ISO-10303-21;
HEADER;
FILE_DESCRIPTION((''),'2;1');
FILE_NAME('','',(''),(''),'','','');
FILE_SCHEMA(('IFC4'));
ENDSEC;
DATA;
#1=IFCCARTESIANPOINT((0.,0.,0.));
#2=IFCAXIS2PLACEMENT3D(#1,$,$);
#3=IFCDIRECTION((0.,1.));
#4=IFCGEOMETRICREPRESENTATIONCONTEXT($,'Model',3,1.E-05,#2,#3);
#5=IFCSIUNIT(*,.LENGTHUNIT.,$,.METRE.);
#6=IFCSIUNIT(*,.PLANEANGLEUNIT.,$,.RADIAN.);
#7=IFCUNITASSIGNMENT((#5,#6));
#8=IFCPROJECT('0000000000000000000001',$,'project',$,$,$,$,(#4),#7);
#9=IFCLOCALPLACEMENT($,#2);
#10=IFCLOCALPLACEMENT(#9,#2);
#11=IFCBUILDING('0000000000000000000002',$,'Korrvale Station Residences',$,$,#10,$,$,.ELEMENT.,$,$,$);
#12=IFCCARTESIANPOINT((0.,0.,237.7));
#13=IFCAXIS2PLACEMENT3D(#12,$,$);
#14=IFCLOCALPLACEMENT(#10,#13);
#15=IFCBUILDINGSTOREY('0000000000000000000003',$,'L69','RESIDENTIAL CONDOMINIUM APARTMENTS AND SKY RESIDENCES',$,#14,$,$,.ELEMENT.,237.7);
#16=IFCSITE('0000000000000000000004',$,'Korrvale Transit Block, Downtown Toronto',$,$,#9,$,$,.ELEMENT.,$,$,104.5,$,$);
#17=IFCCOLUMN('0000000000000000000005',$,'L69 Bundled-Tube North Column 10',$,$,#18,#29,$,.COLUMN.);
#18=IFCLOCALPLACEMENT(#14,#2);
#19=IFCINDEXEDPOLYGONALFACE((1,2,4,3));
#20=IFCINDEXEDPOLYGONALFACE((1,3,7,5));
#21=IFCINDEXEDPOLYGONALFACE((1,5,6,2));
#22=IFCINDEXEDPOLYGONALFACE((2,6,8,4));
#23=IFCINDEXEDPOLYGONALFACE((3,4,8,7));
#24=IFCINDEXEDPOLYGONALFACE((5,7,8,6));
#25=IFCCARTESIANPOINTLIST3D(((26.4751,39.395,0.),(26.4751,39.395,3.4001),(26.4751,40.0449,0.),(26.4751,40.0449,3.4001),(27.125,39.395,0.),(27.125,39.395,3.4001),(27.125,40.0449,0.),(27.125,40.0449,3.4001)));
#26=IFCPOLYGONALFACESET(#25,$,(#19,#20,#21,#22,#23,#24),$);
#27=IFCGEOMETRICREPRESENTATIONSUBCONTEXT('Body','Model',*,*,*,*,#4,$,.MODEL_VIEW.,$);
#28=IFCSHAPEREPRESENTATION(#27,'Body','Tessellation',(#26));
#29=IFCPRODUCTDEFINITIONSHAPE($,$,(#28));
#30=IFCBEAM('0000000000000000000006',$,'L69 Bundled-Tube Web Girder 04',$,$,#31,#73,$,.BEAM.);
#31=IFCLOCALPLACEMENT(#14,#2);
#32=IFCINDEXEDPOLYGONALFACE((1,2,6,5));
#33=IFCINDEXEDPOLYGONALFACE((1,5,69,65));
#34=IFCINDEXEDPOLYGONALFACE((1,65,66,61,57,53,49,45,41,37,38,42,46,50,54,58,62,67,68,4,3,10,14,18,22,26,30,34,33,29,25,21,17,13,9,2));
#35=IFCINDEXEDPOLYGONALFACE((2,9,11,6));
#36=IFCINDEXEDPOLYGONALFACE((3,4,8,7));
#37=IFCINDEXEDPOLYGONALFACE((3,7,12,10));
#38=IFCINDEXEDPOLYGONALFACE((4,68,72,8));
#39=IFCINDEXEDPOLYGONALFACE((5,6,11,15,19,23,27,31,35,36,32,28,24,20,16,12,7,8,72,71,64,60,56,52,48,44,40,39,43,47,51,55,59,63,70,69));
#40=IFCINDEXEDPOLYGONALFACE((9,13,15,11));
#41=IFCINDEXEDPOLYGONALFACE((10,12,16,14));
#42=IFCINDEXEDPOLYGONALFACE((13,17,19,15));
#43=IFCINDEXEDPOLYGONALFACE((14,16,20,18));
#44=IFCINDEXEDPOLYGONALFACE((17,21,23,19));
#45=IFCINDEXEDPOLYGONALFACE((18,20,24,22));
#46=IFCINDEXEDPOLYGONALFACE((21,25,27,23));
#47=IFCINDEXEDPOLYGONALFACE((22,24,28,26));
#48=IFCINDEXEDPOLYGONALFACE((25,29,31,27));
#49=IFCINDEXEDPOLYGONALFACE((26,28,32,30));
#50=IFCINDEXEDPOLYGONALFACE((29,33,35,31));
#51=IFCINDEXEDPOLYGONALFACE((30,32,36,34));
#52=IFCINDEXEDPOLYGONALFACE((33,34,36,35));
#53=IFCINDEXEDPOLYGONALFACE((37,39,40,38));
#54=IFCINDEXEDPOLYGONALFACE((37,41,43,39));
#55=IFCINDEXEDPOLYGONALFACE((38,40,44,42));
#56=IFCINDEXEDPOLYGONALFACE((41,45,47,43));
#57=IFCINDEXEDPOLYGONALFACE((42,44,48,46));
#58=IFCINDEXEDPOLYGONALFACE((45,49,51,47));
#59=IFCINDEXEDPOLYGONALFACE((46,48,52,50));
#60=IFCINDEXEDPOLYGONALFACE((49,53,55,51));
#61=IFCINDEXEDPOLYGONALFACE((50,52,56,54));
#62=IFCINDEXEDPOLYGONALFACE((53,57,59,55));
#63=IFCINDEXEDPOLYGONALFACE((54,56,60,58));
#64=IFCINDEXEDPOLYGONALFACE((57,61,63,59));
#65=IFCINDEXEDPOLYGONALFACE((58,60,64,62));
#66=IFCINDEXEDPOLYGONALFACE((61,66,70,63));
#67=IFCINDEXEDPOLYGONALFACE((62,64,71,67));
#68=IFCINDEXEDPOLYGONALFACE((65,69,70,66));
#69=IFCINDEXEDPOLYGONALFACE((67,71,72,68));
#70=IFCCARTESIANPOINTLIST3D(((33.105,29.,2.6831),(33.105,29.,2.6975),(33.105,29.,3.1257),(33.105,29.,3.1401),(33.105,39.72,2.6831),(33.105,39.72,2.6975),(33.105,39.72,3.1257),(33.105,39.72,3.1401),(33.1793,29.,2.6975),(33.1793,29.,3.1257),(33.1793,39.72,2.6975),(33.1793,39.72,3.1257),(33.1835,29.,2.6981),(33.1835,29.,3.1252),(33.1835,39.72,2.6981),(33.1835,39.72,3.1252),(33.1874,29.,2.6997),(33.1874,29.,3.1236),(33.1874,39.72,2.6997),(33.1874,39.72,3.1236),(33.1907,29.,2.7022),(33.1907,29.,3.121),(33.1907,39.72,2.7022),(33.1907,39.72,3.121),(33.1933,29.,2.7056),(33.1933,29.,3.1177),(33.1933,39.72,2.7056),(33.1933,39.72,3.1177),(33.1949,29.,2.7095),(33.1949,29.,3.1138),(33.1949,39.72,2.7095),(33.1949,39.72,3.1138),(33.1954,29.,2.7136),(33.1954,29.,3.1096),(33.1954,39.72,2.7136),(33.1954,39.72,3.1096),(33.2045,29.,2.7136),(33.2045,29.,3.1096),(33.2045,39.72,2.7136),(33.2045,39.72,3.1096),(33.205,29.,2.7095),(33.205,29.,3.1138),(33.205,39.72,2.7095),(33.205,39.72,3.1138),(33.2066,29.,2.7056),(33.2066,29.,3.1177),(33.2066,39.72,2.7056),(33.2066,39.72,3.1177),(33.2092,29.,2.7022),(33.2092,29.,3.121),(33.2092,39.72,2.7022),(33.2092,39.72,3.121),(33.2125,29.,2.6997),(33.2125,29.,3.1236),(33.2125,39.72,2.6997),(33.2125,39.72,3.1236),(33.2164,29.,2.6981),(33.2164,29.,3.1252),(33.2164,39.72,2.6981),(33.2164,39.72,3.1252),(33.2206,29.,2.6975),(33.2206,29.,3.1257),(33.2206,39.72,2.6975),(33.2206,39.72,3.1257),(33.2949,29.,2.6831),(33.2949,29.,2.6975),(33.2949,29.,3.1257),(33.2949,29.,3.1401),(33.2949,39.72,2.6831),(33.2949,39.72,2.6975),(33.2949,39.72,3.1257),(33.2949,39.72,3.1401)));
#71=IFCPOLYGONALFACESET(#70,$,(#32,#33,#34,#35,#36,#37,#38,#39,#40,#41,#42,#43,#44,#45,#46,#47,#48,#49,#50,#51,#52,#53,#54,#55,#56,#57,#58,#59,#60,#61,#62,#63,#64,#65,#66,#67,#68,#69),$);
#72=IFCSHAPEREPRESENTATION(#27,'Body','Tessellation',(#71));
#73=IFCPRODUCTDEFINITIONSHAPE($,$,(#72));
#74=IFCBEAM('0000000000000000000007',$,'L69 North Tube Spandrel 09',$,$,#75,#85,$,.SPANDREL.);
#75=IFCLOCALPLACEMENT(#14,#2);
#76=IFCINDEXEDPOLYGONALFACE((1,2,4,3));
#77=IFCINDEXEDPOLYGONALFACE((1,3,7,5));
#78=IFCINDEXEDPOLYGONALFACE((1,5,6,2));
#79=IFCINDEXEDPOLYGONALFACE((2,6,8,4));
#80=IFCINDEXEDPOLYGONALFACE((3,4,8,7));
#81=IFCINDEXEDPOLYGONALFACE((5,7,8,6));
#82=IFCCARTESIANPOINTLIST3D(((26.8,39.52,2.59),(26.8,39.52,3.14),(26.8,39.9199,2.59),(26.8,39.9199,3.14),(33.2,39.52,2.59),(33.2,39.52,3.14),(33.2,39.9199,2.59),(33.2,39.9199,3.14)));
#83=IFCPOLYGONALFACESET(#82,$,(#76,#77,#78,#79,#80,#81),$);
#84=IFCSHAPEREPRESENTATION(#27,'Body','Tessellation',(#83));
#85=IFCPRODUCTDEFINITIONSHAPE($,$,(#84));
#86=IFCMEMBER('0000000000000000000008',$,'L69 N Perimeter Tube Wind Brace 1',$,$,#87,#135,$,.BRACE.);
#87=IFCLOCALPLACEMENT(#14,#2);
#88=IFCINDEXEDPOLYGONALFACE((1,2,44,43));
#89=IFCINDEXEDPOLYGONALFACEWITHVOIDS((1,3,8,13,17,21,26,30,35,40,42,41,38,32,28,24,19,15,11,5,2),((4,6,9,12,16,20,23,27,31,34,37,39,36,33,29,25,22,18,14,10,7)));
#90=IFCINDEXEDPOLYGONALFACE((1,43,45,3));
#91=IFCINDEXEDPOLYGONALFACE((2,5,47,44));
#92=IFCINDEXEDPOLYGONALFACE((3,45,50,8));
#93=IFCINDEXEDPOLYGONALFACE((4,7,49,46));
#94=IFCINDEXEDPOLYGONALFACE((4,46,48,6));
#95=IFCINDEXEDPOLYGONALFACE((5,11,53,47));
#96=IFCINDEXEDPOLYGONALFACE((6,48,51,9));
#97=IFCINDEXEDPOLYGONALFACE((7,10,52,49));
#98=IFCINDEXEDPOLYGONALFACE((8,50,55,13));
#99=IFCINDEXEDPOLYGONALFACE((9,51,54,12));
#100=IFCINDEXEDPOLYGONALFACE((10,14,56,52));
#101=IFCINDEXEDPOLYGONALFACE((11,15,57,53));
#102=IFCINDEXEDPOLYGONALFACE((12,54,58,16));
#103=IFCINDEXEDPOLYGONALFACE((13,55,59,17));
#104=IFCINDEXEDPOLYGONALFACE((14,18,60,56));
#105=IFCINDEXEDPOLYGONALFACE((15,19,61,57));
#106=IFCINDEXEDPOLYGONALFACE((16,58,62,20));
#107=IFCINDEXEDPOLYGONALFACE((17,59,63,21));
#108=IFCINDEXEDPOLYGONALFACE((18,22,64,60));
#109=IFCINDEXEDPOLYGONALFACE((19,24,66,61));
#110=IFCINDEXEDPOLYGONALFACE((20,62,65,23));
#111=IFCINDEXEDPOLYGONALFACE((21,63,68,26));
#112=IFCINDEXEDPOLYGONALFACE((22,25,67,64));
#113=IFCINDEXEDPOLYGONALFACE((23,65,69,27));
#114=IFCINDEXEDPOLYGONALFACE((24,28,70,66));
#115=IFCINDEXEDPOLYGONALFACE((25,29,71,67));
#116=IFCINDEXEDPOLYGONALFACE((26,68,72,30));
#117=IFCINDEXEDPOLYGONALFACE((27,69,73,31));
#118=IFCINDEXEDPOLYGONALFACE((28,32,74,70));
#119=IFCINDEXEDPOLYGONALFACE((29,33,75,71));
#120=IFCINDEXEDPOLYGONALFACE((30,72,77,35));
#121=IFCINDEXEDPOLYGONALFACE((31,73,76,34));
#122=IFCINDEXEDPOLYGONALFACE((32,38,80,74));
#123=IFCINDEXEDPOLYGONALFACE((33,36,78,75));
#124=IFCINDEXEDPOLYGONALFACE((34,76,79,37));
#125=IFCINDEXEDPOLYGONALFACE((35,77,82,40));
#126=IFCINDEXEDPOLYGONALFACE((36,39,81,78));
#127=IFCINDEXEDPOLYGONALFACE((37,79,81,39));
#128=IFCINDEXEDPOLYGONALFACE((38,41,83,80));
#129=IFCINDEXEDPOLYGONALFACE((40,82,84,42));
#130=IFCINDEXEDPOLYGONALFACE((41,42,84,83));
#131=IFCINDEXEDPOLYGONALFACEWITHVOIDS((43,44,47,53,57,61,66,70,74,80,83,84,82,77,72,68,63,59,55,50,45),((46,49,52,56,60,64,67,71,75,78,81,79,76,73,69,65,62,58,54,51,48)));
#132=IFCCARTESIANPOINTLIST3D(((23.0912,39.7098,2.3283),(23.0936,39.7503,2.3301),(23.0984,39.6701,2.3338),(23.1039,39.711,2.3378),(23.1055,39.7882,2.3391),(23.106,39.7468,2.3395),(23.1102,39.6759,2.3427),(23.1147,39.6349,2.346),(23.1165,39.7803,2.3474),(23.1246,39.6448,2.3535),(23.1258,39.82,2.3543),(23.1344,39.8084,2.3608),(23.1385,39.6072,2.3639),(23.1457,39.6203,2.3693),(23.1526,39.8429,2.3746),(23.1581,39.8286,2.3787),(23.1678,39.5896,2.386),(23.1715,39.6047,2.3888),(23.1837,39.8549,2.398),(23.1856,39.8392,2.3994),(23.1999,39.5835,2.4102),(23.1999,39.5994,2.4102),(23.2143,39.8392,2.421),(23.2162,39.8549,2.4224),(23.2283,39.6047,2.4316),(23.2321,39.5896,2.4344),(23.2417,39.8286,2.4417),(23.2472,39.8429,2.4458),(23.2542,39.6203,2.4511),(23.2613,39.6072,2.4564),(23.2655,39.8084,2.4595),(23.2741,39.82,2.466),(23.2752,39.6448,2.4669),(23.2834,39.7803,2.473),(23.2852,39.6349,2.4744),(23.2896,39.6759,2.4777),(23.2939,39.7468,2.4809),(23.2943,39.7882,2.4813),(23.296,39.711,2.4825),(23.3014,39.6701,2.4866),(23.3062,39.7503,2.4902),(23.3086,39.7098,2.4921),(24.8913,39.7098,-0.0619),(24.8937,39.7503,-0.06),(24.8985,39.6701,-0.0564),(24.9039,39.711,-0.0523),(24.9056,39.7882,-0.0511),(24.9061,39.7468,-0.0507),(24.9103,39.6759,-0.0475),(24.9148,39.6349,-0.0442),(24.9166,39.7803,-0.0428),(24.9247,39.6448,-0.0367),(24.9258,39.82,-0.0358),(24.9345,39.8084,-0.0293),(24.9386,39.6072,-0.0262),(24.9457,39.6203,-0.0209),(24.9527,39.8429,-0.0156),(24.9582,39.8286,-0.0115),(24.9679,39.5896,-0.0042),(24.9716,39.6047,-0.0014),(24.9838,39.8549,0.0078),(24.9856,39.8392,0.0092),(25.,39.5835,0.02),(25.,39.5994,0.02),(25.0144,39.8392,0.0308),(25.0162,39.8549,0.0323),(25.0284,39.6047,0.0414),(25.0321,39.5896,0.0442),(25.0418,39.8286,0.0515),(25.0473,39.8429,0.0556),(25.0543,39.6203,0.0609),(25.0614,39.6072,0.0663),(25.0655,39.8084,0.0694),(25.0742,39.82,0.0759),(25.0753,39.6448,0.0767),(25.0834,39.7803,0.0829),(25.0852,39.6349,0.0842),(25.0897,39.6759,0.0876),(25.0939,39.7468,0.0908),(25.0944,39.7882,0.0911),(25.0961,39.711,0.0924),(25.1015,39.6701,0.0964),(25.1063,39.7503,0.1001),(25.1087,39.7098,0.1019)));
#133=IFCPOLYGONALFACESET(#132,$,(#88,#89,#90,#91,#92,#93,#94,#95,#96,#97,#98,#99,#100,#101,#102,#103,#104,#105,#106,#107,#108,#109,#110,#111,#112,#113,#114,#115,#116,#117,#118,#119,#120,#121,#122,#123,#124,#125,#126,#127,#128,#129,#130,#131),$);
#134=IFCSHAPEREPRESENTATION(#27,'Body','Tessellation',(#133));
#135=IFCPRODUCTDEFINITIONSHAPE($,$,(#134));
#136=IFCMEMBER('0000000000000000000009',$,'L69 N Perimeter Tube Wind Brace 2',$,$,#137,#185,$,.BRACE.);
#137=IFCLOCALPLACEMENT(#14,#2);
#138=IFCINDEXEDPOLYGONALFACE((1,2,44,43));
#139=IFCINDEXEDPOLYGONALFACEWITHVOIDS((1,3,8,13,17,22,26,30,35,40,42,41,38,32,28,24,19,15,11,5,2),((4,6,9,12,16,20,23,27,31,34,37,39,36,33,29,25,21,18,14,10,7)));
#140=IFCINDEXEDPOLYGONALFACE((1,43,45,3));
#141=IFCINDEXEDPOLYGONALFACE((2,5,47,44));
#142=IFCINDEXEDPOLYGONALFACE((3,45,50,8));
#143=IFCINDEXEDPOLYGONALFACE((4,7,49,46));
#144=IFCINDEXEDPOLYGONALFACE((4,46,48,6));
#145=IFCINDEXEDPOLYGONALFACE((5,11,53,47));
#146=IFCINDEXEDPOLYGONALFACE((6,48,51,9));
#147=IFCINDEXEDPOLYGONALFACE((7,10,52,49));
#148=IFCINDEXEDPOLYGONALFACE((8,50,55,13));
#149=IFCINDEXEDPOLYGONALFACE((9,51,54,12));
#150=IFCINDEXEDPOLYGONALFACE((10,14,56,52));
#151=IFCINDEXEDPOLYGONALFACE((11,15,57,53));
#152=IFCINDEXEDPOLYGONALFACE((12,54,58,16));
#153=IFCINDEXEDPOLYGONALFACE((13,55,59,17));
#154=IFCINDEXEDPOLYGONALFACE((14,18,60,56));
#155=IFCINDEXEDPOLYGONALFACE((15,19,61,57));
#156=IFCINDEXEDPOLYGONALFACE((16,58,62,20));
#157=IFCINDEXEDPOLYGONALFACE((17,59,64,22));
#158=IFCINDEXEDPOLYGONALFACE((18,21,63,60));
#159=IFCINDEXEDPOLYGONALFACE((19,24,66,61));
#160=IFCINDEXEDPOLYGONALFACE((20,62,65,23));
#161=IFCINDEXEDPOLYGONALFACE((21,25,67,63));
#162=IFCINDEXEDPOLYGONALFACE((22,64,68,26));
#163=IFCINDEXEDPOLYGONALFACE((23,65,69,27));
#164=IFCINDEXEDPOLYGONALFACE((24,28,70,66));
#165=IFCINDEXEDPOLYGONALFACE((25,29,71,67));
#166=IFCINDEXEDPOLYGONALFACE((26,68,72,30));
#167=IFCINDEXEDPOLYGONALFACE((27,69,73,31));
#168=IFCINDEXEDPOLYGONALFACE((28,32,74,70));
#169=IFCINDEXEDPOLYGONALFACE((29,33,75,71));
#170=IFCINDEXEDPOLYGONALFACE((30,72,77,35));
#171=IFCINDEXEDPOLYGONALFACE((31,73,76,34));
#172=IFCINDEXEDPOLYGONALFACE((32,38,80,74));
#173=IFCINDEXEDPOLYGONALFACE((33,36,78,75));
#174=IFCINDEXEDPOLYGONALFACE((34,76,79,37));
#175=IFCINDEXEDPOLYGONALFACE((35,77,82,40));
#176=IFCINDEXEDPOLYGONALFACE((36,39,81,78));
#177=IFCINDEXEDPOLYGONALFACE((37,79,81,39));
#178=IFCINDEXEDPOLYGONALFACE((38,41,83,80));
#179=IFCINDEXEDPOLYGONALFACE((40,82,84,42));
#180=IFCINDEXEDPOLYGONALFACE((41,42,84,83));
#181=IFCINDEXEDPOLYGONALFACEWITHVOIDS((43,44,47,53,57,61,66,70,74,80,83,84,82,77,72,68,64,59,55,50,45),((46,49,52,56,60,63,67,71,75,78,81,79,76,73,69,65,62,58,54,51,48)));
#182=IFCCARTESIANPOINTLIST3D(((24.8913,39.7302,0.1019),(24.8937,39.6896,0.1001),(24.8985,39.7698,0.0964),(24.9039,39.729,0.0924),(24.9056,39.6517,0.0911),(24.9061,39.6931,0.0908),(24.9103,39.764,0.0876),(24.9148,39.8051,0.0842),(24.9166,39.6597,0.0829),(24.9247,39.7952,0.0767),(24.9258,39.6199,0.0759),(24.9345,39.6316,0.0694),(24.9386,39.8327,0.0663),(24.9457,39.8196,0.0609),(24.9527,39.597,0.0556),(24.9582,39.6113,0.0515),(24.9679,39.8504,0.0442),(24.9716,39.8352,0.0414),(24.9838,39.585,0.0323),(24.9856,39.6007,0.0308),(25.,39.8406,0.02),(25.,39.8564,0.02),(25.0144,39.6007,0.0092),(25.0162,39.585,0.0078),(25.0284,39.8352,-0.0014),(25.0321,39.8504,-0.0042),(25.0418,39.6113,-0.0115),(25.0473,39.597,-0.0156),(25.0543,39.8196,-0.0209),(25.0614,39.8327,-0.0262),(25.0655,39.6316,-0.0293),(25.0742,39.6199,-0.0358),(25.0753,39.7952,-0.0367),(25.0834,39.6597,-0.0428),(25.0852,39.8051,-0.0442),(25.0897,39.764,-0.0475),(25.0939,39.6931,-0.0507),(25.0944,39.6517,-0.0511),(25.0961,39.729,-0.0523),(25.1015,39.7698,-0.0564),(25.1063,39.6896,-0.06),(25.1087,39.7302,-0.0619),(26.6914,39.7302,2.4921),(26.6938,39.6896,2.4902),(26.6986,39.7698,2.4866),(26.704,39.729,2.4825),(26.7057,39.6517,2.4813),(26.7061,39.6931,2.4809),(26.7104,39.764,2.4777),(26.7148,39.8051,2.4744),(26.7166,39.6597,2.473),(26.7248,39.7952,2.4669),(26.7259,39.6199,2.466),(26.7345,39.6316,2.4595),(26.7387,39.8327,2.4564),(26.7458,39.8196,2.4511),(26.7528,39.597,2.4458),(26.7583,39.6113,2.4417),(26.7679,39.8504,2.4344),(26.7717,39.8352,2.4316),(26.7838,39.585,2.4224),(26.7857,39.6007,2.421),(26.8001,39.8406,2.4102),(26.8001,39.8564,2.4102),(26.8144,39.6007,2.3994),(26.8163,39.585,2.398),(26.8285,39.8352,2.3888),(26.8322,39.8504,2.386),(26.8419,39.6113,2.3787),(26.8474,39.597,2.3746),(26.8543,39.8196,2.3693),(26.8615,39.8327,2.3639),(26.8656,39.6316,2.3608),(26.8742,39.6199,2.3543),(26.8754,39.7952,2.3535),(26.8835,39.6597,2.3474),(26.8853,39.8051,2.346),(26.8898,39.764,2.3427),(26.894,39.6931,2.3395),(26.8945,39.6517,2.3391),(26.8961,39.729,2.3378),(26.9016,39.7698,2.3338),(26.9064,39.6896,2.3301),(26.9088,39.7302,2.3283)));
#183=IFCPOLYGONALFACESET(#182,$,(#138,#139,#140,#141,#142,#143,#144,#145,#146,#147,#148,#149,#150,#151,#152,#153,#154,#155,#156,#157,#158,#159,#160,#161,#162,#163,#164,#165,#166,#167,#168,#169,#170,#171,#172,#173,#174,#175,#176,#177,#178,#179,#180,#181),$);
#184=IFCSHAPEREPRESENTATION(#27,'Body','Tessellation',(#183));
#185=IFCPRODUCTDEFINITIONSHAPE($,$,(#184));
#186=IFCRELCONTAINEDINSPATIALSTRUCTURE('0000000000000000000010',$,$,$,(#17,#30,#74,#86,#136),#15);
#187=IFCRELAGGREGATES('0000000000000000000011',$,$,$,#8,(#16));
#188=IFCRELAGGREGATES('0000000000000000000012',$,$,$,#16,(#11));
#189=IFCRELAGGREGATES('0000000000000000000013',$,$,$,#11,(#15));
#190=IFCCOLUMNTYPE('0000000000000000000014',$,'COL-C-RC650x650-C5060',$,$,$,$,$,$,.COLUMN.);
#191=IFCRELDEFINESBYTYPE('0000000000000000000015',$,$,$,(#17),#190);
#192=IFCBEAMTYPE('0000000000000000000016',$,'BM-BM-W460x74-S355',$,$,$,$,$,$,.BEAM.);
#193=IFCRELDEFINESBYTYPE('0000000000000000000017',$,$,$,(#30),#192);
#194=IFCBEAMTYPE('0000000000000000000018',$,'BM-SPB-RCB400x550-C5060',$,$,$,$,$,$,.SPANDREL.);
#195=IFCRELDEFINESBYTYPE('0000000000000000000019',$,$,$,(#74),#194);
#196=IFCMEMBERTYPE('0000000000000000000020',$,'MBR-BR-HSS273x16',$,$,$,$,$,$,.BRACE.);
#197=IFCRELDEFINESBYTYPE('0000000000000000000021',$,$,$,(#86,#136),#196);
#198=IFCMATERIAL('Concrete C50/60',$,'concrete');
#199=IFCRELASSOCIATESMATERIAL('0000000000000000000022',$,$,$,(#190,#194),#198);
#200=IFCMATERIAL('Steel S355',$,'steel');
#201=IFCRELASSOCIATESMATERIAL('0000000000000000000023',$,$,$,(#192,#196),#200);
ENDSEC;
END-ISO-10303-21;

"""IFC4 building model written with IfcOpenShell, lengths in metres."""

from ifc_helpers import new_model, si_unit, direction, frame, origin, origin_2d, place, context, subcontext, project, spatial, rectangle, hollow_circle, i_section, extrude, material, material_profile, profile_set, type_object, element, save


model = new_model("IFC4")

# Units and contexts
model_context = context("Model", 3, precision=1e-05, world=origin(), true_north=direction((0.0, 1.0)))
body_context = subcontext(model_context, "Body", "Model", "MODEL_VIEW")
ifc_project = project(units=[si_unit("LENGTHUNIT", "METRE"), si_unit("PLANEANGLEUNIT", "RADIAN")], contexts=[model_context])

# Site, building, storey
site_placement = place(None, origin())
site = spatial("IfcSite", under=ifc_project, at=site_placement, Name="Korrvale Transit Block, Downtown Toronto", CompositionType="ELEMENT", RefElevation=104.5)
building_placement = place(site_placement, origin())
building = spatial("IfcBuilding", under=site, at=building_placement, Name="Korrvale Station Residences", CompositionType="ELEMENT")
storey_placement = place(building_placement, frame((0.0, 0.0, 237.7)))
storey = spatial("IfcBuildingStorey", under=building, at=storey_placement, Name="L69", Description="RESIDENTIAL CONDOMINIUM APARTMENTS AND SKY RESIDENCES", CompositionType="ELEMENT", Elevation=237.7)

# Column
ifc_material_1 = material(Name="Concrete C50/60", Category="concrete")
ifc_material_profile_1 = material_profile(ifc_material_1, rectangle(XDim=0.6499, YDim=0.6499, at=origin_2d()), Name="RC650x650")
ifc_profile_set_1 = profile_set([ifc_material_profile_1], Name="Concrete C50/60")
column_type = type_object("IfcColumnType", Name="COL-C-RC650x650-C5060", PredefinedType="COLUMN", material=ifc_profile_set_1)
column_placement = place(storey_placement, frame((26.8, 39.72, 0.0), z_axis=(0.0, 0.0, 1.0), x_axis=(1.0, 0.0, 0.0)))
element("IfcColumn", 1, at=column_placement, inside=storey, type_object=column_type, Name="L69 Bundled-Tube North Column 10", PredefinedType="COLUMN", context=body_context, shape_type="SweptSolid", body=[
    extrude(rectangle(XDim=0.6499, YDim=0.6499, at=origin_2d()), origin(), (0.0, 0.0, 1.0), 3.4001),
])

# Beams
ifc_material_2 = material(Name="Steel S355", Category="steel")
ifc_material_profile_2 = material_profile(ifc_material_2, i_section(OverallWidth=0.1899, OverallDepth=0.457, WebThickness=0.009, FlangeThickness=0.0144, FilletRadius=0.0161, at=origin_2d()), Name="W460x74")
ifc_profile_set_2 = profile_set([ifc_material_profile_2], Name="Steel S355")
beam_type_1 = type_object("IfcBeamType", Name="BM-BM-W460x74-S355", PredefinedType="BEAM", material=ifc_profile_set_2)
beam_1_placement = place(storey_placement, frame((33.2, 29.0, 2.9116), z_axis=(0.0, 1.0, 0.0), x_axis=(-1.0, 0.0, 0.0)))
element("IfcBeam", 2, at=beam_1_placement, inside=storey, type_object=beam_type_1, Name="L69 Bundled-Tube Web Girder 04", PredefinedType="BEAM", context=body_context, shape_type="SweptSolid", body=[
    extrude(i_section(OverallWidth=0.1899, OverallDepth=0.457, WebThickness=0.009, FlangeThickness=0.0144, FilletRadius=0.0161, at=origin_2d()), origin(), (0.0, 0.0, 1.0), 10.72),
])
ifc_material_profile_3 = material_profile(ifc_material_1, rectangle(XDim=0.3999, YDim=0.55, at=origin_2d()), Name="RCB400x550")
ifc_profile_set_3 = profile_set([ifc_material_profile_3], Name="Concrete C50/60")
beam_type_2 = type_object("IfcBeamType", Name="BM-SPB-RCB400x550-C5060", PredefinedType="SPANDREL", material=ifc_profile_set_3)
beam_2_placement = place(storey_placement, frame((26.8, 39.72, 2.865), z_axis=(1.0, 0.0, 0.0), x_axis=(0.0, 1.0, 0.0)))
element("IfcBeam", 3, at=beam_2_placement, inside=storey, type_object=beam_type_2, Name="L69 North Tube Spandrel 09", PredefinedType="SPANDREL", context=body_context, shape_type="SweptSolid", body=[
    extrude(rectangle(XDim=0.3999, YDim=0.55, at=origin_2d()), origin(), (0.0, 0.0, 1.0), 6.3999),
])

# Members
ifc_material_profile_4 = material_profile(ifc_material_2, hollow_circle(Radius=0.1365, WallThickness=0.0159, at=origin_2d()), Name="HSS273x16")
ifc_profile_set_4 = profile_set([ifc_material_profile_4], Name="Steel S355")
member_type = type_object("IfcMemberType", Name="MBR-BR-HSS273x16", PredefinedType="BRACE", material=ifc_profile_set_4)
for number, where, z_axis, x_axis, name in (
    (4, (25.0, 39.72, 0.02), (-0.601592, 0.0, 0.798804), (0.0, -1.0, 0.0), "L69 N Perimeter Tube Wind Brace 1"),
    (5, (25.0, 39.72, 0.02), (0.601592, 0.0, 0.798804), (0.0, 1.0, 0.0), "L69 N Perimeter Tube Wind Brace 2"),
):
    element("IfcMember", number, at=place(storey_placement, frame(where, z_axis=z_axis, x_axis=x_axis)), inside=storey, type_object=member_type, Name=name, PredefinedType="BRACE", context=body_context, shape_type="SweptSolid", body=[
        extrude(hollow_circle(Radius=0.1365, WallThickness=0.0159, at=origin_2d()), origin(), (0.0, 0.0, 1.0), 2.9922),
    ])

save(model, "model.ifc")
